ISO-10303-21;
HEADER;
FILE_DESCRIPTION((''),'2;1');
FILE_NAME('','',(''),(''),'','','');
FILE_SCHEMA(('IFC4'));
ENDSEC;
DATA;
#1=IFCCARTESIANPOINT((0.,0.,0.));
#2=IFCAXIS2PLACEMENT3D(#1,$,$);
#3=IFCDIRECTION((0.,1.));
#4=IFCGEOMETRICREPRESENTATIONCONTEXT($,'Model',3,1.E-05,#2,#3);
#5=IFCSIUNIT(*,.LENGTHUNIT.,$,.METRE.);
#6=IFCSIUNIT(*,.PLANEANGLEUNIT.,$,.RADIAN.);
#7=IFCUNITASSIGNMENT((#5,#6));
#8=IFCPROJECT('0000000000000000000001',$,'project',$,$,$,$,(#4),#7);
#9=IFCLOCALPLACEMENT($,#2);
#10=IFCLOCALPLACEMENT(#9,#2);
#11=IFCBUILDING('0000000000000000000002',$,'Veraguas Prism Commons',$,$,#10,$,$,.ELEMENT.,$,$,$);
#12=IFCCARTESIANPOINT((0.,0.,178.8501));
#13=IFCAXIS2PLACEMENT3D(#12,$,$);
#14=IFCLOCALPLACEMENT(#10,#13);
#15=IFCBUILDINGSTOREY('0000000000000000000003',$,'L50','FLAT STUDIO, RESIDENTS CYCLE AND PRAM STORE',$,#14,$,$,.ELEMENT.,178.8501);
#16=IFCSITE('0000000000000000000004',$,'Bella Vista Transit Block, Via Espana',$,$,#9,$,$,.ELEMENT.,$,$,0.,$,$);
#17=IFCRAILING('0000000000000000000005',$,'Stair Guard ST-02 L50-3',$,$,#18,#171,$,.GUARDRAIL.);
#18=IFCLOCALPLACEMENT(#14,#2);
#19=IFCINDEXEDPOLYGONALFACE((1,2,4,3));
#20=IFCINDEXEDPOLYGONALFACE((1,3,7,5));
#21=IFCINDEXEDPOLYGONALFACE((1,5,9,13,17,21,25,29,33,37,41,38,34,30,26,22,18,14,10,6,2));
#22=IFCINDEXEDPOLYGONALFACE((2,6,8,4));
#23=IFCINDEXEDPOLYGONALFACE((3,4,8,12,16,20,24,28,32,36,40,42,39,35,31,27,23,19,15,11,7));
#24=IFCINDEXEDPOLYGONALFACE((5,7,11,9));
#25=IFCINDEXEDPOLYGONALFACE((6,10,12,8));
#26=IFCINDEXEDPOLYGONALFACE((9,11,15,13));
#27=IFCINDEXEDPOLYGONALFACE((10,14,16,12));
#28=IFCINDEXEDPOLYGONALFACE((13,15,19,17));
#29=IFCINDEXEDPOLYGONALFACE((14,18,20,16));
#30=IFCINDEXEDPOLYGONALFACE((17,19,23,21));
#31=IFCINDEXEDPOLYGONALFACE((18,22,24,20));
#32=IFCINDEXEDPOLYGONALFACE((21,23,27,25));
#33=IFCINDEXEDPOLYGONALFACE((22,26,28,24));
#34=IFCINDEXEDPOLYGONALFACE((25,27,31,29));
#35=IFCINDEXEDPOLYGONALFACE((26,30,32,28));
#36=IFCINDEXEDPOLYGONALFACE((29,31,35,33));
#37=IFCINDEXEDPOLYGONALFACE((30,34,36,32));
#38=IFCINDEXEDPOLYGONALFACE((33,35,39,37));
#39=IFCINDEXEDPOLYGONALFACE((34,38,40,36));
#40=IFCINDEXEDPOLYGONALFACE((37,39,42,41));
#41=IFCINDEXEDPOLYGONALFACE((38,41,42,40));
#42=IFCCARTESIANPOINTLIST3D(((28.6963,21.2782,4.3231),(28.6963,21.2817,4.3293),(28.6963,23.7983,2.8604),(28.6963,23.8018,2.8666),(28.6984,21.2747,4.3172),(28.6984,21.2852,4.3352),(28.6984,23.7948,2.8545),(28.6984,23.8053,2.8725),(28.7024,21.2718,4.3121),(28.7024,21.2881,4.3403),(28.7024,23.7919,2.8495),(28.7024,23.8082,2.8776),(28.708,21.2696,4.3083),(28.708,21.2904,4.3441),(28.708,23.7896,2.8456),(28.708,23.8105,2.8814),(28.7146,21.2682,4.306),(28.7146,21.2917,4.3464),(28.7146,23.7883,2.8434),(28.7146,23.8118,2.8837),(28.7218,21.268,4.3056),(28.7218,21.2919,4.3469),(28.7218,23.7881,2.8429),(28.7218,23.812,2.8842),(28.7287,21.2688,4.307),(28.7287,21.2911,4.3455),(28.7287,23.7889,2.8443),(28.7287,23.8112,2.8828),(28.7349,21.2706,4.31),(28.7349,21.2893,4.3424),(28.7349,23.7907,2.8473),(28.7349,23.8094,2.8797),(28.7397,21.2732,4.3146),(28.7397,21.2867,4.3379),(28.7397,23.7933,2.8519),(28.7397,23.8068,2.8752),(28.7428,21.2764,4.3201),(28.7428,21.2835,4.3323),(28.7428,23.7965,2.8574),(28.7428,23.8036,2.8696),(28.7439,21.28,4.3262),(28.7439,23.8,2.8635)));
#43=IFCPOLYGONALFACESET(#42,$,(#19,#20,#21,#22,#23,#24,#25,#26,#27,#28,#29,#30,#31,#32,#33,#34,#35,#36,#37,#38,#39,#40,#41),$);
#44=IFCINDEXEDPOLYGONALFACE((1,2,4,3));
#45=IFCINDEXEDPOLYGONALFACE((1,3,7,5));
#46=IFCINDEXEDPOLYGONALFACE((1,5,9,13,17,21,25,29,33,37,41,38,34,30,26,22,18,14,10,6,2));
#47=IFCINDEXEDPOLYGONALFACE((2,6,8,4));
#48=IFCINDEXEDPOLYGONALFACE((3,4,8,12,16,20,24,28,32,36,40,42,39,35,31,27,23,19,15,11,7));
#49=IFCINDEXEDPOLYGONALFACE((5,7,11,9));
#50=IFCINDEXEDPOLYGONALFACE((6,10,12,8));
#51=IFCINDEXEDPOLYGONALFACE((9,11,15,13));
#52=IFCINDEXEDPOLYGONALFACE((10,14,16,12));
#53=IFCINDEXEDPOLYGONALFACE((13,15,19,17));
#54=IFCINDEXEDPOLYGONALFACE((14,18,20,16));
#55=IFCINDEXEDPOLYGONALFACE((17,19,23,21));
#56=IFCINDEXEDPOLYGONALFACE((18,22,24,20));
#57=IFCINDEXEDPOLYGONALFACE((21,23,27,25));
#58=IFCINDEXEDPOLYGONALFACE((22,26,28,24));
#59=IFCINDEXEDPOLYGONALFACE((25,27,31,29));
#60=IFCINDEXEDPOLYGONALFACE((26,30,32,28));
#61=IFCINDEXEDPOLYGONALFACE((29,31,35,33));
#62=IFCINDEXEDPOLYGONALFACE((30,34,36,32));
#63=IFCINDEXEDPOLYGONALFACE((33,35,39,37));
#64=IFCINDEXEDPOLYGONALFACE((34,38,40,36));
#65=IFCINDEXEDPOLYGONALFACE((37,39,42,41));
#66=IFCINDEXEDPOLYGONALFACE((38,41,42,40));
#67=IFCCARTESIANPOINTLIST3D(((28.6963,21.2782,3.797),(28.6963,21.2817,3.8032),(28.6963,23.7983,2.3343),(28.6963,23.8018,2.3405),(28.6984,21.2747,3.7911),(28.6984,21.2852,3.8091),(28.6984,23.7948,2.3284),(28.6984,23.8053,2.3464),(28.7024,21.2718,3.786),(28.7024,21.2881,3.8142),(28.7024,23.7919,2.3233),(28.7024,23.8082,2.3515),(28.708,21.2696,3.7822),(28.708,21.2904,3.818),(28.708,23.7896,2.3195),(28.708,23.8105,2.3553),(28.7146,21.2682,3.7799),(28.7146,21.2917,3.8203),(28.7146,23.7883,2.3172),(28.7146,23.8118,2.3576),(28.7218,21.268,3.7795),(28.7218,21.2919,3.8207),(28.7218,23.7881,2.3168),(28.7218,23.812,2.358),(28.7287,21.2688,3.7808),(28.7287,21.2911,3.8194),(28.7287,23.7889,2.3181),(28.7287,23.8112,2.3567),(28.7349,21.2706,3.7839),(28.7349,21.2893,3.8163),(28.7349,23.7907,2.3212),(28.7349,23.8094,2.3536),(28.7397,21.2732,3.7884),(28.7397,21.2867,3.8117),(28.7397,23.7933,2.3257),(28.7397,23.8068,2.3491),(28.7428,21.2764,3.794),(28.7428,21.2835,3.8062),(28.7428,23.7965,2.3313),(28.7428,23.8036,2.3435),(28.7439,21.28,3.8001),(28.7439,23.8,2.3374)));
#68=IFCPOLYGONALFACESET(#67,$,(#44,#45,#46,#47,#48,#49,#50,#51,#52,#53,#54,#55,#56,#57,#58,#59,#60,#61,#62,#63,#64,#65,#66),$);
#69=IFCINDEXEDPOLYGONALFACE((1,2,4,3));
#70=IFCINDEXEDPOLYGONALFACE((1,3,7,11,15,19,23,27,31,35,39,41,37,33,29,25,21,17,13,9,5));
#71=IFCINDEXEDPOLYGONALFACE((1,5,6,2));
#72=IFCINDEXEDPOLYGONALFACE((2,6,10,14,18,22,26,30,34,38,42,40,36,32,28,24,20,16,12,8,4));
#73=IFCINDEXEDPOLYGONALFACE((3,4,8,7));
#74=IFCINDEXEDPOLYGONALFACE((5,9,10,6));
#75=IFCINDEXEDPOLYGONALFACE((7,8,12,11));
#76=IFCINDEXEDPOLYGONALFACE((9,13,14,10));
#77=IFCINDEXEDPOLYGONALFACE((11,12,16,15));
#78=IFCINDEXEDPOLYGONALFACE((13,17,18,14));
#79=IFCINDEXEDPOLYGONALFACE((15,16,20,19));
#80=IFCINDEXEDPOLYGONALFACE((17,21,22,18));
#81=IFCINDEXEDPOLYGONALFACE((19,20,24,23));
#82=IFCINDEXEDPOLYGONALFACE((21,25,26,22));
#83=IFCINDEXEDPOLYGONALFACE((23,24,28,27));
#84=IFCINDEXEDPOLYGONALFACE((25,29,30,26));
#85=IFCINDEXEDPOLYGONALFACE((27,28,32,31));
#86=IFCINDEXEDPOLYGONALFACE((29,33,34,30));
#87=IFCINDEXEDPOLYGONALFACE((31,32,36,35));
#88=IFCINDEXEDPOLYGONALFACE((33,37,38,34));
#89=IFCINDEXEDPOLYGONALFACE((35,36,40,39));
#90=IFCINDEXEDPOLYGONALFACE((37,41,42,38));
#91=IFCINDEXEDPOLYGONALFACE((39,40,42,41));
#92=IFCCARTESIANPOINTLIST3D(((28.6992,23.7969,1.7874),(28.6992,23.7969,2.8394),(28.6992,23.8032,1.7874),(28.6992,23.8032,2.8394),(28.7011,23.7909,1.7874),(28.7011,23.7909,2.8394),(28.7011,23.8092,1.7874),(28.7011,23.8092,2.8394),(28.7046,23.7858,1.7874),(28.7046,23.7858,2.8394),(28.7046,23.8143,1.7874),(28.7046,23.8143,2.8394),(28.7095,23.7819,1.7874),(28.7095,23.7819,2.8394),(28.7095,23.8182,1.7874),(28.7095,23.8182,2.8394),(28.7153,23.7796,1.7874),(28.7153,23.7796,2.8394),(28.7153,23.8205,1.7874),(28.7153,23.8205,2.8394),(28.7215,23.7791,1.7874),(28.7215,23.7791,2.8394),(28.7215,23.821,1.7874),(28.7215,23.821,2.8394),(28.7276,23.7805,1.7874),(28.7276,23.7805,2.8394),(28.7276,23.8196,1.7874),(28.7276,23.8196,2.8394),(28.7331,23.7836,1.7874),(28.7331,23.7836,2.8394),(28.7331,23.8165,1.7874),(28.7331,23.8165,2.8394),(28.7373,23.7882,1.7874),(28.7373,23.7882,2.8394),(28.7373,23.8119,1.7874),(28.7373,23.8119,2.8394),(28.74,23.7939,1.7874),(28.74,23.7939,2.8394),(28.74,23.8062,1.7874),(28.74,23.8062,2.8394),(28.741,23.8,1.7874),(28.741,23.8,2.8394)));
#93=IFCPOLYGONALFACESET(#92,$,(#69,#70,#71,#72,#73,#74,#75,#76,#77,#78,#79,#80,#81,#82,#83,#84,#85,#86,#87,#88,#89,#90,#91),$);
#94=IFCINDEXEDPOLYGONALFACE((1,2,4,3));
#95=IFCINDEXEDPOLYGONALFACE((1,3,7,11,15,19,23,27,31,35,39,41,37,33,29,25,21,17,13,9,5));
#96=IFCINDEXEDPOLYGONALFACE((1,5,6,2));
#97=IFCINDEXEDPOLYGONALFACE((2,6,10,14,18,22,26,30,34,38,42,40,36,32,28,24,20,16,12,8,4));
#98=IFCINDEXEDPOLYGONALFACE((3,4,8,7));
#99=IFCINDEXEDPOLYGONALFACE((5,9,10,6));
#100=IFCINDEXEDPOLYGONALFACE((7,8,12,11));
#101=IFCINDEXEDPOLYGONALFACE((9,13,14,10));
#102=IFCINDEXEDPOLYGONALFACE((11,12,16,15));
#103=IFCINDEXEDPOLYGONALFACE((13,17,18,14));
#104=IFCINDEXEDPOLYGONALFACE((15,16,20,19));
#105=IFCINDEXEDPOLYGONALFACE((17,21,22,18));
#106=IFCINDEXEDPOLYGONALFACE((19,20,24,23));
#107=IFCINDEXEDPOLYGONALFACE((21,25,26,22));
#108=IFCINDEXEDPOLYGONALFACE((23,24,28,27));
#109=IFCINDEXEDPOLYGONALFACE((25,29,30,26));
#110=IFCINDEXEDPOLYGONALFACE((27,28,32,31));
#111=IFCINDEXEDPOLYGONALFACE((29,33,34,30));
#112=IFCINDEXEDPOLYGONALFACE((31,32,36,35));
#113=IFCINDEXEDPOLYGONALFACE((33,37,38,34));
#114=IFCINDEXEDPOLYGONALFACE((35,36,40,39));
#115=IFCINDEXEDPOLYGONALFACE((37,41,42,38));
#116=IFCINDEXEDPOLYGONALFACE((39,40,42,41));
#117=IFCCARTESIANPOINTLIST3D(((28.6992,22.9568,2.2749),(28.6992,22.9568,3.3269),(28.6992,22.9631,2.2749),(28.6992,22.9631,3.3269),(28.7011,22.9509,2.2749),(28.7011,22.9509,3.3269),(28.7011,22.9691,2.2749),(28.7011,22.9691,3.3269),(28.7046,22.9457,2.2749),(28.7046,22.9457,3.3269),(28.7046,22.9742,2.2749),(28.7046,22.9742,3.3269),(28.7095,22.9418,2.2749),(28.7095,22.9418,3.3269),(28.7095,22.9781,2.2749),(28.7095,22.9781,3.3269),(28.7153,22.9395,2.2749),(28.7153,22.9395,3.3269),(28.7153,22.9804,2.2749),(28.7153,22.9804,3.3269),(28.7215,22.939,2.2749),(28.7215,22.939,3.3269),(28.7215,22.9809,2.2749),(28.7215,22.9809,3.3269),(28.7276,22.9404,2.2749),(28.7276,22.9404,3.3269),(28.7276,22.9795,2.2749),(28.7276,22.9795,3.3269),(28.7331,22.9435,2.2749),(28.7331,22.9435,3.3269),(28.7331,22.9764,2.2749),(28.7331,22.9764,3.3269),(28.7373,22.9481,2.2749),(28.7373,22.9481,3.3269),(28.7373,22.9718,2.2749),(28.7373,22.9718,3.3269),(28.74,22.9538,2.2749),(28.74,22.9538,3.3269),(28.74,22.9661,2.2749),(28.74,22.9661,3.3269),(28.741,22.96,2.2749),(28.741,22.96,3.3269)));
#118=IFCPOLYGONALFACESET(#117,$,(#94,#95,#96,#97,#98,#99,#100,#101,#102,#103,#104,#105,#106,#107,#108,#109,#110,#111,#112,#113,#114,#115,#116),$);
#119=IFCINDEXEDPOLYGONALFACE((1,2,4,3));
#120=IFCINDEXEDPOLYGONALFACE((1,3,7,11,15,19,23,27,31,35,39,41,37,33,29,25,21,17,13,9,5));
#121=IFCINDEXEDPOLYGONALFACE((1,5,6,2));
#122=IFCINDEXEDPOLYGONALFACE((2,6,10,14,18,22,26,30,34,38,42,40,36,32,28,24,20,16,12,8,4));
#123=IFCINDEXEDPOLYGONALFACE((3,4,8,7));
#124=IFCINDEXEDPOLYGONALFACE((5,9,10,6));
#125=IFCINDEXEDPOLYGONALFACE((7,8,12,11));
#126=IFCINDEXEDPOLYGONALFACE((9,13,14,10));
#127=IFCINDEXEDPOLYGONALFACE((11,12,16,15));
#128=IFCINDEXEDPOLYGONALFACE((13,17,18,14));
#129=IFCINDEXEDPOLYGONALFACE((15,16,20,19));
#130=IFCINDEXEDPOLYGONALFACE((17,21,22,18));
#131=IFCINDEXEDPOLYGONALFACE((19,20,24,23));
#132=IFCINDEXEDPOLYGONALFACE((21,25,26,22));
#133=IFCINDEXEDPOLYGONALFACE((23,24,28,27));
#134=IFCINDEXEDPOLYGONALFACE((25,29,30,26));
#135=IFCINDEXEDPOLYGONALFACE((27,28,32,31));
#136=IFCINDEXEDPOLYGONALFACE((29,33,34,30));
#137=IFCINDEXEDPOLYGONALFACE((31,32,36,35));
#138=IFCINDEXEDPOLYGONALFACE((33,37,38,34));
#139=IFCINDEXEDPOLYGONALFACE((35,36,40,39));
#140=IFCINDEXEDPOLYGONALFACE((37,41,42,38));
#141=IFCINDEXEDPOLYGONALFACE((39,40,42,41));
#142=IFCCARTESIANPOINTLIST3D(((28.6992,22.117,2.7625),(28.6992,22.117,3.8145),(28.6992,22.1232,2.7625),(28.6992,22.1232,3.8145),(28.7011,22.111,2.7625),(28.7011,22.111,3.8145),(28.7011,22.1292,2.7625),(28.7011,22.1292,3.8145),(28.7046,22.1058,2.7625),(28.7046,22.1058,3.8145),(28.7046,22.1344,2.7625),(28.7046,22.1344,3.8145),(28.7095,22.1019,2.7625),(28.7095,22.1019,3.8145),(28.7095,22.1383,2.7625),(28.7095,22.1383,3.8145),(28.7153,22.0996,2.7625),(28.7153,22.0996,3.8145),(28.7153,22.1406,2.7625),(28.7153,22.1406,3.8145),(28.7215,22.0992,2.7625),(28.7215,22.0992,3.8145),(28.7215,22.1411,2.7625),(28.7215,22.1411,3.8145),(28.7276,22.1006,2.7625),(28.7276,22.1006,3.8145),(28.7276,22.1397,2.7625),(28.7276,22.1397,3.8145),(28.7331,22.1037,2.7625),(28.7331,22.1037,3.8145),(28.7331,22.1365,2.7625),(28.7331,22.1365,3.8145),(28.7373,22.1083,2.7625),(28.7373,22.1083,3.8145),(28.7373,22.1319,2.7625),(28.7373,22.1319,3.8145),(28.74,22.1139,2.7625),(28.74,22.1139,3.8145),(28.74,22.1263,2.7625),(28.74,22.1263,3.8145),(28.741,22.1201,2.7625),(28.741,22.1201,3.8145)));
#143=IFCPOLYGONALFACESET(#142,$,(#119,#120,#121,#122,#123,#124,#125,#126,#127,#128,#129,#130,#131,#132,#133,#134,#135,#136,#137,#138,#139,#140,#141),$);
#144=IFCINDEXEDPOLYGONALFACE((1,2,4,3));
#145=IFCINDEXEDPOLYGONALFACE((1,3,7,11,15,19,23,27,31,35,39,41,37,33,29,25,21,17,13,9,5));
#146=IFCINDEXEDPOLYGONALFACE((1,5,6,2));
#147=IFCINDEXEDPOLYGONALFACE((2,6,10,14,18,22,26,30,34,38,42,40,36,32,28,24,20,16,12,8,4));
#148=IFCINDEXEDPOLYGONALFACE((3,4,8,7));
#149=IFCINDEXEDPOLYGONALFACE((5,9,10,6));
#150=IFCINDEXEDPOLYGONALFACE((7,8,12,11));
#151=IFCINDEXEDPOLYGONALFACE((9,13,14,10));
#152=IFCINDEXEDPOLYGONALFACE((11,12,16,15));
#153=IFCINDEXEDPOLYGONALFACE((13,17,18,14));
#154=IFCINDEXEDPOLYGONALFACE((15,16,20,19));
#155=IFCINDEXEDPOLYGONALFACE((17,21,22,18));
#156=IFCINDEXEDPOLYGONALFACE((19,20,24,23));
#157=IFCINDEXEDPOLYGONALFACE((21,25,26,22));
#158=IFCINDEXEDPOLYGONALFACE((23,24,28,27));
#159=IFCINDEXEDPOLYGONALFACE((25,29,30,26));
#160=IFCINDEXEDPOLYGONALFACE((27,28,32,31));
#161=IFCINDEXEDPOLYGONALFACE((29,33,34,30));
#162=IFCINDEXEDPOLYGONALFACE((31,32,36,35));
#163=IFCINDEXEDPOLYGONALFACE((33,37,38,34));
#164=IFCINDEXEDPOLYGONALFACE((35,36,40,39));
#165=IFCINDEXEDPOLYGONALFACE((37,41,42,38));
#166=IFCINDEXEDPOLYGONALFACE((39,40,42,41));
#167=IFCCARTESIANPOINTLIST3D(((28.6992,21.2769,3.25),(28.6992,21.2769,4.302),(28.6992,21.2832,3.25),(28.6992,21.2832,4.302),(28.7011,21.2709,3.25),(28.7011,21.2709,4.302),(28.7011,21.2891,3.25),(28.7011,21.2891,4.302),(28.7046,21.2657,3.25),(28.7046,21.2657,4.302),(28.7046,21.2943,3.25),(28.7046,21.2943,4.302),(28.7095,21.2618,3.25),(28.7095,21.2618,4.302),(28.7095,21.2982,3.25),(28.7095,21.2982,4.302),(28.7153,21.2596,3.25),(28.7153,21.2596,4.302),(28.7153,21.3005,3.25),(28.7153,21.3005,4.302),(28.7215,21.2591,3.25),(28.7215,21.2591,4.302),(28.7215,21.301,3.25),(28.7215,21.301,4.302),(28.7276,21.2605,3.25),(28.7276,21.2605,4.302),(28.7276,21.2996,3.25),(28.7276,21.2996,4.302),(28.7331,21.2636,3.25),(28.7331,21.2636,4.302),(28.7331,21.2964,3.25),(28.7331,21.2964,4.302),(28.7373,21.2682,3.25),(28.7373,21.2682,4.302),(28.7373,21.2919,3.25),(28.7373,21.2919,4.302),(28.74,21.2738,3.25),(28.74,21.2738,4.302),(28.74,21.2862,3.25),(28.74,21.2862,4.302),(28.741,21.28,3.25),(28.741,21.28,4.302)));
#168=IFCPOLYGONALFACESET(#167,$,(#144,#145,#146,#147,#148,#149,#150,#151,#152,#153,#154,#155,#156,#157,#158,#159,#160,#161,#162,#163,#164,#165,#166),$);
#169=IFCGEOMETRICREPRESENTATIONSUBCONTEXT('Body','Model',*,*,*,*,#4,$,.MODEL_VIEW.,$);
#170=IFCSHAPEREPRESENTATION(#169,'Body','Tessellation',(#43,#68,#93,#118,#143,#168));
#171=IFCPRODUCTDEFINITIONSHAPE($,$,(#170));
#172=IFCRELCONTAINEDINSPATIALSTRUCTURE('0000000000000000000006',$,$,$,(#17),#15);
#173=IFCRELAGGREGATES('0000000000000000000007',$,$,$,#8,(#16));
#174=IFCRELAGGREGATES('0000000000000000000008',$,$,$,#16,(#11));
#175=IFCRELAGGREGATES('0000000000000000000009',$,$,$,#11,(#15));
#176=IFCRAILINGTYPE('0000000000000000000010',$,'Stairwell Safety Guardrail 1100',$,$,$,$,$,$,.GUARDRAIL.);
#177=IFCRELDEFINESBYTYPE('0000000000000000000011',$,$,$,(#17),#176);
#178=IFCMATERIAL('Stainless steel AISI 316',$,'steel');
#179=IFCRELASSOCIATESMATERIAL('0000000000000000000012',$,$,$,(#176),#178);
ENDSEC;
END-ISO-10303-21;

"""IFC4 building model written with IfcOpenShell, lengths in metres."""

from ifc_helpers import new_model, si_unit, direction, frame, origin, origin_2d, place, context, subcontext, project, spatial, circle, extrude, material, type_object, element, save


model = new_model("IFC4")

# Units and contexts
model_context = context("Model", 3, precision=1e-05, world=origin(), true_north=direction((0.0, 1.0)))
body_context = subcontext(model_context, "Body", "Model", "MODEL_VIEW")
ifc_project = project(units=[si_unit("LENGTHUNIT", "METRE"), si_unit("PLANEANGLEUNIT", "RADIAN")], contexts=[model_context])

# Site, building, storey
site_placement = place(None, origin())
site = spatial("IfcSite", under=ifc_project, at=site_placement, Name="Bella Vista Transit Block, Via Espana", CompositionType="ELEMENT", RefElevation=0.0)
building_placement = place(site_placement, origin())
building = spatial("IfcBuilding", under=site, at=building_placement, Name="Veraguas Prism Commons", CompositionType="ELEMENT")
storey_placement = place(building_placement, frame((0.0, 0.0, 178.8501)))
storey = spatial("IfcBuildingStorey", under=building, at=storey_placement, Name="L50", Description="FLAT STUDIO, RESIDENTS CYCLE AND PRAM STORE", CompositionType="ELEMENT", Elevation=178.8501)

# Shared definitions
ifc_material_1 = material(Name="Stainless steel AISI 316", Category="steel")

# Railing
railing_type_1 = type_object("IfcRailingType", Name="Stairwell Safety Guardrail 1100", PredefinedType="GUARDRAIL", material=ifc_material_1)
railing_1_placement = place(storey_placement, frame((28.72, 23.8, 1.7874)))
element("IfcRailing", 1, at=railing_1_placement, inside=storey, type_object=railing_type_1, Name="Stair Guard ST-02 L50-3", PredefinedType="GUARDRAIL", context=body_context, shape_type="SweptSolid", body=[
    extrude(circle(Radius=0.0239, at=origin_2d()), frame((0.0, 0.0, 1.0762), z_axis=(0.0, -0.864877, 0.501984), x_axis=(1.0, 0.0, 0.0)), (0.0, 0.0, 1.0), 2.9138),
    extrude(circle(Radius=0.0239, at=origin_2d()), frame((0.0, 0.0, 0.55), z_axis=(0.0, -0.864877, 0.501984), x_axis=(1.0, 0.0, 0.0)), (0.0, 0.0, 1.0), 2.9138),
    extrude(circle(Radius=0.021, at=origin_2d()), origin(), (0.0, 0.0, 1.0), 1.052),
    extrude(circle(Radius=0.021, at=origin_2d()), frame((0.0, -0.8401, 0.4875)), (0.0, 0.0, 1.0), 1.052),
    extrude(circle(Radius=0.021, at=origin_2d()), frame((0.0, -1.6799, 0.9751)), (0.0, 0.0, 1.0), 1.052),
    extrude(circle(Radius=0.021, at=origin_2d()), frame((0.0, -2.52, 1.4626)), (0.0, 0.0, 1.0), 1.052),
])

save(model, "model.ifc")
